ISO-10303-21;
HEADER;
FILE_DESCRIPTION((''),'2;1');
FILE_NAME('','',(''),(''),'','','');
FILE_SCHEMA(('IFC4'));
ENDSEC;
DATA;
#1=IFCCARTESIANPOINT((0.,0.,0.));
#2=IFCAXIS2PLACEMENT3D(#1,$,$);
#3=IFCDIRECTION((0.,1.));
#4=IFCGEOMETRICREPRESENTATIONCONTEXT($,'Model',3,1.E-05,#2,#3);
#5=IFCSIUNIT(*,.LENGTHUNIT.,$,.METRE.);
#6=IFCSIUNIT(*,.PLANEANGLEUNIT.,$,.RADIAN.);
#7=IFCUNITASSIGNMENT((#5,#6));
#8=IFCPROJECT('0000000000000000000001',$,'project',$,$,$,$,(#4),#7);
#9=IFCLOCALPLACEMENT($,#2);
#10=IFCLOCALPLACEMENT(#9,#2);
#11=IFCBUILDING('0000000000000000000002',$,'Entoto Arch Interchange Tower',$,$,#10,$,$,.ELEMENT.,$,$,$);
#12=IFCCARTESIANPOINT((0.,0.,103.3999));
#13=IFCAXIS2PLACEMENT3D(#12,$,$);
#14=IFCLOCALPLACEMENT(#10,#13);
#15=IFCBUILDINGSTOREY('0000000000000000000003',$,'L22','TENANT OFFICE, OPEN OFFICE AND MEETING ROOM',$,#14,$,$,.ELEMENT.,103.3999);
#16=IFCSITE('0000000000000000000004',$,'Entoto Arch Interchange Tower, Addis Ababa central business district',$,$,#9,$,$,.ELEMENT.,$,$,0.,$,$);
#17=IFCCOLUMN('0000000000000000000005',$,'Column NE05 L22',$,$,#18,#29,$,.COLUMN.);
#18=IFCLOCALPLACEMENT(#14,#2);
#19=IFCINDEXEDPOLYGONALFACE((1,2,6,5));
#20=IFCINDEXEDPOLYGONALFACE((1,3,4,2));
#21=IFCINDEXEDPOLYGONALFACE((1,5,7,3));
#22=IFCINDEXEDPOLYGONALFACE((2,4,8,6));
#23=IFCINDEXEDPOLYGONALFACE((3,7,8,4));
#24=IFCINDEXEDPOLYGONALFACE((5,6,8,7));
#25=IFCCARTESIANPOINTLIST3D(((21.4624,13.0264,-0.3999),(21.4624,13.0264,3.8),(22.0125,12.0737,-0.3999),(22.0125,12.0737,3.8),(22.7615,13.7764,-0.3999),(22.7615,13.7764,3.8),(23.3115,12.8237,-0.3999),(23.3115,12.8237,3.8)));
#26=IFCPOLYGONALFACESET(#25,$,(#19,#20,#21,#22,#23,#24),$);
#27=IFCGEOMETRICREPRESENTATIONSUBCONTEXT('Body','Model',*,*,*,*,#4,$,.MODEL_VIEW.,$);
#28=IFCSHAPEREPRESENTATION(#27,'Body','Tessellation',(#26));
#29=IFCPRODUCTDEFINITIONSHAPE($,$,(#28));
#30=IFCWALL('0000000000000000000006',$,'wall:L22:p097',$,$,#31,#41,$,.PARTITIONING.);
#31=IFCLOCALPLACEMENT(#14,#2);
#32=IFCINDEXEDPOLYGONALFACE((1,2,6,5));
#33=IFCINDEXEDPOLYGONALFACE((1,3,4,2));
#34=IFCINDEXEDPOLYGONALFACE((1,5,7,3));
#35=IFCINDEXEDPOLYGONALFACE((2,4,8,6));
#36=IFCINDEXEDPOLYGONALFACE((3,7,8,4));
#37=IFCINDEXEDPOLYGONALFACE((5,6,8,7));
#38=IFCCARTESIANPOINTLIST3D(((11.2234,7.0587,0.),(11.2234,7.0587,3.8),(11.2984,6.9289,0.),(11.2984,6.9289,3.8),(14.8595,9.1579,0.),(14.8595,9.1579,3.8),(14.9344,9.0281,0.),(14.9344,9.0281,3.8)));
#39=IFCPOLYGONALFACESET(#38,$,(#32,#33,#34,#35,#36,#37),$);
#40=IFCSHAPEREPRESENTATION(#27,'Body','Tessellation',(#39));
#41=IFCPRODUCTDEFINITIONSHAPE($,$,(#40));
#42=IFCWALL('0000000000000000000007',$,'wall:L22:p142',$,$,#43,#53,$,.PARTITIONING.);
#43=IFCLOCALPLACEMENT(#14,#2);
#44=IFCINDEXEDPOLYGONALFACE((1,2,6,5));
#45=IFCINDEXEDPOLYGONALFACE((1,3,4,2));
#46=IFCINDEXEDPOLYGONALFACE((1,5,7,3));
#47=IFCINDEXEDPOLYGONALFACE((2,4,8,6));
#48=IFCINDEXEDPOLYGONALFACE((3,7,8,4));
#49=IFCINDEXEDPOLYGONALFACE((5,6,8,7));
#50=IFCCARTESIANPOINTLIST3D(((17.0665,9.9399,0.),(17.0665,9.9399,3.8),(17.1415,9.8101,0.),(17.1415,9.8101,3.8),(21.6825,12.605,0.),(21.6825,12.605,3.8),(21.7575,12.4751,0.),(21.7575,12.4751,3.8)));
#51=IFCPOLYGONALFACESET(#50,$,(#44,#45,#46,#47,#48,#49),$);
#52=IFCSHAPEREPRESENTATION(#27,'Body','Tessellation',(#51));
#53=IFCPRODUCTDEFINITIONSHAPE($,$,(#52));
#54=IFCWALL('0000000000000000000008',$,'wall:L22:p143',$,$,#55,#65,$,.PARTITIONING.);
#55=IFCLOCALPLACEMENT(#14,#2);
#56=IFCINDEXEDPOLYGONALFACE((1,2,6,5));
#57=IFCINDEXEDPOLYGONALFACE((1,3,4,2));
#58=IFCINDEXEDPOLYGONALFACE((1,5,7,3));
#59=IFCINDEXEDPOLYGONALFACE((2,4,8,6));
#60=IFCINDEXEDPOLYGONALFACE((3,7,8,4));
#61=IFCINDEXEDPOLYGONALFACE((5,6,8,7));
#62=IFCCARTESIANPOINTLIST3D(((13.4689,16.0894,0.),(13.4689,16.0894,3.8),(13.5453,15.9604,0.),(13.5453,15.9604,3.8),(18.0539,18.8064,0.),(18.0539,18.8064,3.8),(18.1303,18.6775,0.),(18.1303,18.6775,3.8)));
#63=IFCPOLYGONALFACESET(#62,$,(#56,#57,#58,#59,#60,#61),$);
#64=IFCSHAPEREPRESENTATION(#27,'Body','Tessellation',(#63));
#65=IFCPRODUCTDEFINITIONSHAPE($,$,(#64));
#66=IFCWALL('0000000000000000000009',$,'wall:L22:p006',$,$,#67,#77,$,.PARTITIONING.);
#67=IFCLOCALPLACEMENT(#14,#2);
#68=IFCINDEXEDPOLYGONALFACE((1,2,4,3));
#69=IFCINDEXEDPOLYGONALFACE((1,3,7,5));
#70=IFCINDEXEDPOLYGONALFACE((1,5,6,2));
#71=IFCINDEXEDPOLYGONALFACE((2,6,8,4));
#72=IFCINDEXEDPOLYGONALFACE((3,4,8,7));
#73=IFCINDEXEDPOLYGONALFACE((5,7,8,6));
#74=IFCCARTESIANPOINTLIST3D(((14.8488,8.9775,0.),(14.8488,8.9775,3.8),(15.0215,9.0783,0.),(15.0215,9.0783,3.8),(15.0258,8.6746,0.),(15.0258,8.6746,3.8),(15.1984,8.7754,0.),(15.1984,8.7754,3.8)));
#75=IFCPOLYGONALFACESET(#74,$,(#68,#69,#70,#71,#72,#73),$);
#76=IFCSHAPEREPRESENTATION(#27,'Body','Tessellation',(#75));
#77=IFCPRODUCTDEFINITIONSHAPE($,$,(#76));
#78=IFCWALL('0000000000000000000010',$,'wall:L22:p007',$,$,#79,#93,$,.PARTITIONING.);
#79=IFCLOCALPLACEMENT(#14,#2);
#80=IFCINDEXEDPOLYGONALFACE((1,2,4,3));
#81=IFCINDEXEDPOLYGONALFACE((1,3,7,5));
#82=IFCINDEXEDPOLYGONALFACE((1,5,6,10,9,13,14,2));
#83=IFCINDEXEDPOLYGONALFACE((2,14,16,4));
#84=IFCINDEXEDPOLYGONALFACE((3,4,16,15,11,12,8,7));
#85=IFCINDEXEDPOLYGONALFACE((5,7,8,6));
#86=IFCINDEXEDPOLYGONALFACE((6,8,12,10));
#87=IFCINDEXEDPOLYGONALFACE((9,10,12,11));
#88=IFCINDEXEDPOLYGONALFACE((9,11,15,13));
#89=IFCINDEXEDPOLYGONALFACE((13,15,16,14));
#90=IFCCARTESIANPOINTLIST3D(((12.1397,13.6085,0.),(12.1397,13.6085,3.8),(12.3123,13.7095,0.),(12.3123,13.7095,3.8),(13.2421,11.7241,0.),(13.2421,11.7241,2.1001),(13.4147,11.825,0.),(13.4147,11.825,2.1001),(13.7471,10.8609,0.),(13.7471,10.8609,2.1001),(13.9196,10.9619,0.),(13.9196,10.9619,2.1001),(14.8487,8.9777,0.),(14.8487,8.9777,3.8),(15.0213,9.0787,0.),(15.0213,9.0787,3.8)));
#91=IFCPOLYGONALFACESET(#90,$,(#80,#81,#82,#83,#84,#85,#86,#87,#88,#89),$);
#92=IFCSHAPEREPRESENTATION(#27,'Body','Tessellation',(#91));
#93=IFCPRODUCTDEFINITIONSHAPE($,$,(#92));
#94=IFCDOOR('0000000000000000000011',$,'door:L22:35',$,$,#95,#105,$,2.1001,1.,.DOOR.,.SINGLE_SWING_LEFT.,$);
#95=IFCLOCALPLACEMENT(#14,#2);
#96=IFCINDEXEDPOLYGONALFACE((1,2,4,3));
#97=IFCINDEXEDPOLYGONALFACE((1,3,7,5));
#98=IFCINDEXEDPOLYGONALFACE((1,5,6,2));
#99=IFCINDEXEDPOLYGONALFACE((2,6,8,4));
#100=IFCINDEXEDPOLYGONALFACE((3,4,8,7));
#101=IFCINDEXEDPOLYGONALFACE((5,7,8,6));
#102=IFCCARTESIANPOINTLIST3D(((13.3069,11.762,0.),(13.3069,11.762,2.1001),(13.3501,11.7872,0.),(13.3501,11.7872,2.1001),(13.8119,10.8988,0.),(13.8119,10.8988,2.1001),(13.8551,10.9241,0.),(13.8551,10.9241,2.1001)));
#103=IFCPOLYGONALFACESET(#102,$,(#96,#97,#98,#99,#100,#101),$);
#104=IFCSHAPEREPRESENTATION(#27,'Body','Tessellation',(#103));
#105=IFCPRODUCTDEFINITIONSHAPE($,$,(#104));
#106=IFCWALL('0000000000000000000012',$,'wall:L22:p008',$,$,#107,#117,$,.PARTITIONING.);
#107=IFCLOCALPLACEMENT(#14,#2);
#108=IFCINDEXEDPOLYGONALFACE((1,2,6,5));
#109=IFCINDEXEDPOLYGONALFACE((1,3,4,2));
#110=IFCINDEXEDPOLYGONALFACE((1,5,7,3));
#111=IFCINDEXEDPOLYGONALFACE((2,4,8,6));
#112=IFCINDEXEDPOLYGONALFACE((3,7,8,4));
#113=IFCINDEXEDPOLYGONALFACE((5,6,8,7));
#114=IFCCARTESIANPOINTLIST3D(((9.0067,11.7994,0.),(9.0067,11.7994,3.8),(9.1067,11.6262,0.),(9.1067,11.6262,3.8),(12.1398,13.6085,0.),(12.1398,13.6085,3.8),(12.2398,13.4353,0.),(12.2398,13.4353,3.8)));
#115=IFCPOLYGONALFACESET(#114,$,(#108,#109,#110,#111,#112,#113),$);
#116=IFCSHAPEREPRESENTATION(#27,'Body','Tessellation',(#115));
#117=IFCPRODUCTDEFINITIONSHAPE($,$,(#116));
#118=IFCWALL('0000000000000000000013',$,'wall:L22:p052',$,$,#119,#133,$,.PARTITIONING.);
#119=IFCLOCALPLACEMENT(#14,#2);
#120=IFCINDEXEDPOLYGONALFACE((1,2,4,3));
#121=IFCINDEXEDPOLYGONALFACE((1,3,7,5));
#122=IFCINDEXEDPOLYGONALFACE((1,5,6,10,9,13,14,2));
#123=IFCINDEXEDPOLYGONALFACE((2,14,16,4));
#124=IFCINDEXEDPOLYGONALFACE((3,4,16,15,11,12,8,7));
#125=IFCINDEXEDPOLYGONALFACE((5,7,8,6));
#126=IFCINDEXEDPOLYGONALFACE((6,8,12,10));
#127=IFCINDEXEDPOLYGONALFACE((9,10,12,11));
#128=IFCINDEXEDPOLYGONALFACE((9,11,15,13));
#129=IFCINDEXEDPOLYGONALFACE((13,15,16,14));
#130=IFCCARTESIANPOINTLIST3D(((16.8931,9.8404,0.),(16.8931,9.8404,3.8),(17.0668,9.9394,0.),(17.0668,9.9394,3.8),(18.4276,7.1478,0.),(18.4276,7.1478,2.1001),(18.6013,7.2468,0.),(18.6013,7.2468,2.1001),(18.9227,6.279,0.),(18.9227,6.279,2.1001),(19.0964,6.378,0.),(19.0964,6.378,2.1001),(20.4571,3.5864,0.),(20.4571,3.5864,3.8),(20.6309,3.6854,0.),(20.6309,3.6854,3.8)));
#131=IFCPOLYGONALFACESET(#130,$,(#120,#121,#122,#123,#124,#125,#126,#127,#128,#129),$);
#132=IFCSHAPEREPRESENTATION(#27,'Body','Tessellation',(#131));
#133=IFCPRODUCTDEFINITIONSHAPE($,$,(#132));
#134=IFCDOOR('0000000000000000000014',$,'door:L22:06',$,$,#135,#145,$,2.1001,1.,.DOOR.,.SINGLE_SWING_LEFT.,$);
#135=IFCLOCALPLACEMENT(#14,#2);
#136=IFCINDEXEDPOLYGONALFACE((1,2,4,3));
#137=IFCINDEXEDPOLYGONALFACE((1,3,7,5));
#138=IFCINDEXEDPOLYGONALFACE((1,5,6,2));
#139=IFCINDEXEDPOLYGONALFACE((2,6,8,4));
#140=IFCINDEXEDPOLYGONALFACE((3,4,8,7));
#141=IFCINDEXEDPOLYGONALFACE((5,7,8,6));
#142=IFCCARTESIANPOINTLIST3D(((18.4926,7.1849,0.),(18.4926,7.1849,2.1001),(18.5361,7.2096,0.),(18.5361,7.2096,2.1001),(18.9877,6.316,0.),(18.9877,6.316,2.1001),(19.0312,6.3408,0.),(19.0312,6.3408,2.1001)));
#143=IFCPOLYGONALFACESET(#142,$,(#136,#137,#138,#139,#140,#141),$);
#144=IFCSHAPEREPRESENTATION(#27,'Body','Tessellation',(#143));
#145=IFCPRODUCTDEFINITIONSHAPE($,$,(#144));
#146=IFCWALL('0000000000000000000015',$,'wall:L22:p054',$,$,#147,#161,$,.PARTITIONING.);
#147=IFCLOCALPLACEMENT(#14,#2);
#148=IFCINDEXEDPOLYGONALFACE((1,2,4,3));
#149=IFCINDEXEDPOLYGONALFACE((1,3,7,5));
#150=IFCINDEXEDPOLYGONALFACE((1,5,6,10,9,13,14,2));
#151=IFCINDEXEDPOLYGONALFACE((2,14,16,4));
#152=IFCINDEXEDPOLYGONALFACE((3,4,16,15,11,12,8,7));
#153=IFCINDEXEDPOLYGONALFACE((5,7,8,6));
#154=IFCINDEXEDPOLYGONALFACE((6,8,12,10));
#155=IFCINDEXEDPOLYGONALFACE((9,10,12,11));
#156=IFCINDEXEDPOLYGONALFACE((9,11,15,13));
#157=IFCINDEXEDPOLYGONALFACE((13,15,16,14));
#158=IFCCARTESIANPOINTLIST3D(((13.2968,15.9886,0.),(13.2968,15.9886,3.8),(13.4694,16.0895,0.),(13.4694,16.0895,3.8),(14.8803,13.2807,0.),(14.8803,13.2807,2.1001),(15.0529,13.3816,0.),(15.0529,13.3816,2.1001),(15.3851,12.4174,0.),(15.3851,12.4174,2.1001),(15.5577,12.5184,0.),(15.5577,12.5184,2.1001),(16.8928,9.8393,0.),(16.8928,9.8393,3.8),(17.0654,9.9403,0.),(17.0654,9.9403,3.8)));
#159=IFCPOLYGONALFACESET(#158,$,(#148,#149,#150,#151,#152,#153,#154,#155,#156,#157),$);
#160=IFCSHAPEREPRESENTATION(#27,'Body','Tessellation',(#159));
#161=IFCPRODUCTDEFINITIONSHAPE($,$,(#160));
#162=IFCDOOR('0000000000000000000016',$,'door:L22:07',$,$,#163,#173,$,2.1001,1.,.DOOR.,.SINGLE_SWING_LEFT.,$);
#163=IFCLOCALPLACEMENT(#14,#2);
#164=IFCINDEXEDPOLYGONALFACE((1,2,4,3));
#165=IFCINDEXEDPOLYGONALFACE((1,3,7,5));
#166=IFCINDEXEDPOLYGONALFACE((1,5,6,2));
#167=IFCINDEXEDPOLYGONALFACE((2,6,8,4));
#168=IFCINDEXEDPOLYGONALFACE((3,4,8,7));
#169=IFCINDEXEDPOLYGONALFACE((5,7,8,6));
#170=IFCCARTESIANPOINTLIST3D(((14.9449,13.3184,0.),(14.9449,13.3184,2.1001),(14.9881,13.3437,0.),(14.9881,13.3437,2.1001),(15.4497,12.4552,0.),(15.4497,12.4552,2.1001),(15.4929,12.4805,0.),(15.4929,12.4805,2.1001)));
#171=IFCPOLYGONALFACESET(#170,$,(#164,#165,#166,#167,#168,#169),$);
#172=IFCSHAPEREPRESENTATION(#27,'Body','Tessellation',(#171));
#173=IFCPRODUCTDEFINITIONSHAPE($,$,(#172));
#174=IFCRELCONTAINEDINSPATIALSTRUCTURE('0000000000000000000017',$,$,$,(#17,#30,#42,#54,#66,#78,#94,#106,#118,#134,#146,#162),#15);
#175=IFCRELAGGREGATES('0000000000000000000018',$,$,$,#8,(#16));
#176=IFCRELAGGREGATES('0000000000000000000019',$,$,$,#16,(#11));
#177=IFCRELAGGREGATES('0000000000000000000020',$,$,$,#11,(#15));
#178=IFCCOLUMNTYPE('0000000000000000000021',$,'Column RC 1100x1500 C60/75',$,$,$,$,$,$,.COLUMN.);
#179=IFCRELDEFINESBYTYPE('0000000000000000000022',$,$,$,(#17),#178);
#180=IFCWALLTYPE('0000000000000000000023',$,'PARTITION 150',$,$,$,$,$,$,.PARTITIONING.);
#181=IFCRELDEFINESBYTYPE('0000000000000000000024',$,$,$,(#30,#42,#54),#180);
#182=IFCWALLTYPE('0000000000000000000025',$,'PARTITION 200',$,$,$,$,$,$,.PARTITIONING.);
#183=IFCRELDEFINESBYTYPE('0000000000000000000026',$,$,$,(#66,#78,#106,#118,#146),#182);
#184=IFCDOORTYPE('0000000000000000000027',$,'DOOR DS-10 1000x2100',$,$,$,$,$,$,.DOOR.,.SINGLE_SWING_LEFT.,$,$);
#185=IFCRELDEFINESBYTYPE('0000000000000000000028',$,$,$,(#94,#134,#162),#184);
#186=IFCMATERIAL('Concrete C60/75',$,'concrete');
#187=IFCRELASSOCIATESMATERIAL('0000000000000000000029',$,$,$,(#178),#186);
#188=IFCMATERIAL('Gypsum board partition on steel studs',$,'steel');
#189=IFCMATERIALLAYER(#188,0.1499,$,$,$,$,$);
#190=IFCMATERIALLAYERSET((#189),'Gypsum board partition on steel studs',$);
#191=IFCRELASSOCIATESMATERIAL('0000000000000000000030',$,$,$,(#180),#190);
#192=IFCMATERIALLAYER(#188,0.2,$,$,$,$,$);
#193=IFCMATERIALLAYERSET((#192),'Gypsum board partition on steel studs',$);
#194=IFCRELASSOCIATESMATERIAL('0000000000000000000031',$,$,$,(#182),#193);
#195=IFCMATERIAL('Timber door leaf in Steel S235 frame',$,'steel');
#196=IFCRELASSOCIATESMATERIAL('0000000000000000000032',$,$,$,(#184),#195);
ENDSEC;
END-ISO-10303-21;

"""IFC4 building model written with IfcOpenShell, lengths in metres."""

from ifc_helpers import new_model, si_unit, direction, frame, frame_2d, origin, origin_2d, place, context, subcontext, project, spatial, rectangle, extrude, material, layer, layer_set, material_profile, profile_set, type_object, element, fill, save


model = new_model("IFC4")

# Units and contexts
model_context = context("Model", 3, precision=1e-05, world=origin(), true_north=direction((0.0, 1.0)))
body_context = subcontext(model_context, "Body", "Model", "MODEL_VIEW")
ifc_project = project(units=[si_unit("LENGTHUNIT", "METRE"), si_unit("PLANEANGLEUNIT", "RADIAN")], contexts=[model_context])

# Site, building, storey
site_placement = place(None, origin())
site = spatial("IfcSite", under=ifc_project, at=site_placement, Name="Entoto Arch Interchange Tower, Addis Ababa central business district", CompositionType="ELEMENT", RefElevation=0.0)
building_placement = place(site_placement, origin())
building = spatial("IfcBuilding", under=site, at=building_placement, Name="Entoto Arch Interchange Tower", CompositionType="ELEMENT")
storey_placement = place(building_placement, frame((0.0, 0.0, 103.3999)))
storey = spatial("IfcBuildingStorey", under=building, at=storey_placement, Name="L22", Description="TENANT OFFICE, OPEN OFFICE AND MEETING ROOM", CompositionType="ELEMENT", Elevation=103.3999)

# Column
ifc_material_1 = material(Name="Concrete C60/75", Category="concrete")
ifc_material_profile = material_profile(ifc_material_1, rectangle(XDim=1.1001, YDim=1.5, at=origin_2d()))
ifc_profile_set = profile_set([ifc_material_profile], Name="Concrete C60/75")
column_type = type_object("IfcColumnType", Name="Column RC 1100x1500 C60/75", PredefinedType="COLUMN", material=ifc_profile_set)
column_placement = place(storey_placement, frame((22.387, 12.925, -0.3999), z_axis=(0.0, 0.0, 1.0), x_axis=(-0.5, 0.866025, 0.0)))
element("IfcColumn", 1, at=column_placement, inside=storey, type_object=column_type, Name="Column NE05 L22", PredefinedType="COLUMN", context=body_context, shape_type="SweptSolid", body=[
    extrude(rectangle(XDim=1.1001, YDim=1.5, at=origin_2d()), origin(), (0.0, 0.0, 1.0), 4.2),
])

# Walls
ifc_material_2 = material(Name="Gypsum board partition on steel studs", Category="steel")
ifc_layer_1 = layer(ifc_material_2, 0.1499)
ifc_layer_set_1 = layer_set([ifc_layer_1], Name="Gypsum board partition on steel studs")
wall_type_1 = type_object("IfcWallType", Name="PARTITION 150", PredefinedType="PARTITIONING", material=ifc_layer_set_1)
wall_1_placement = place(storey_placement, frame((11.261, 6.9939, 0.0), z_axis=(0.0, 0.0, 1.0), x_axis=(0.866037, 0.499979, 0.0)))
element("IfcWall", 2, at=wall_1_placement, inside=storey, type_object=wall_type_1, Name="wall:L22:p097", PredefinedType="PARTITIONING", context=body_context, shape_type="SweptSolid", body=[
    extrude(rectangle(XDim=4.1985, YDim=0.1499, at=frame_2d((2.0991, 0.0))), origin(), (0.0, 0.0, 1.0), 3.8),
])
wall_2_placement = place(storey_placement, frame((17.104, 9.875, 0.0), z_axis=(0.0, 0.0, 1.0), x_axis=(0.866025, 0.500001, 0.0)))
element("IfcWall", 3, at=wall_2_placement, inside=storey, type_object=wall_type_1, Name="wall:L22:p142", PredefinedType="PARTITIONING", context=body_context, shape_type="SweptSolid", body=[
    extrude(rectangle(XDim=5.3301, YDim=0.1499, at=frame_2d((2.665, 0.0))), origin(), (0.0, 0.0, 1.0), 3.8),
])
wall_3_placement = place(storey_placement, frame((13.5071, 16.0249, 0.0), z_axis=(0.0, 0.0, 1.0), x_axis=(0.860289, 0.509806, 0.0)))
element("IfcWall", 4, at=wall_3_placement, inside=storey, type_object=wall_type_1, Name="wall:L22:p143", PredefinedType="PARTITIONING", context=body_context, shape_type="SweptSolid", body=[
    extrude(rectangle(XDim=5.3296, YDim=0.1499, at=frame_2d((2.6648, 0.0))), origin(), (0.0, 0.0, 1.0), 3.8),
])
ifc_layer_2 = layer(ifc_material_2, 0.2)
ifc_layer_set_2 = layer_set([ifc_layer_2], Name="Gypsum board partition on steel studs")
wall_type_2 = type_object("IfcWallType", Name="PARTITION 200", PredefinedType="PARTITIONING", material=ifc_layer_set_2)
wall_4_placement = place(storey_placement, frame((15.1121, 8.7251, 0.0), z_axis=(0.0, 0.0, 1.0), x_axis=(-0.504433, 0.863451, 0.0)))
element("IfcWall", 5, at=wall_4_placement, inside=storey, type_object=wall_type_2, Name="wall:L22:p006", PredefinedType="PARTITIONING", context=body_context, shape_type="SweptSolid", body=[
    extrude(rectangle(XDim=0.3508, YDim=0.2, at=frame_2d((0.1753, 0.0))), origin(), (0.0, 0.0, 1.0), 3.8),
])

# Wall, opening, door
wall_5_placement = place(storey_placement, frame((14.9351, 9.0281, 0.0), z_axis=(0.0, 0.0, 1.0), x_axis=(-0.504934, 0.863158, 0.0)))
wall_5 = element("IfcWall", 6, at=wall_5_placement, inside=storey, type_object=wall_type_2, Name="wall:L22:p007", PredefinedType="PARTITIONING", context=body_context, shape_type="SweptSolid", body=[
    extrude(rectangle(XDim=5.365, YDim=0.2, at=frame_2d((2.6826, 0.0))), origin(), (0.0, 0.0, 1.0), 3.8),
])
opening_1_placement = place(wall_5_placement, frame((2.1819, 0.0, 0.0)))
opening_1 = element("IfcOpeningElement", 7, at=opening_1_placement, cuts=wall_5, PredefinedType="OPENING", context=body_context, shape_type="SweptSolid", body=[
    extrude(rectangle(XDim=1.0, YDim=2.1001, at=frame_2d((0.5, 1.05))), frame((0.0, 0.1099, 0.0), z_axis=(0.0, -1.0, 0.0), x_axis=(1.0, 0.0, 0.0)), (0.0, 0.0, 1.0), 0.22),
])
ifc_material_3 = material(Name="Timber door leaf in Steel S235 frame", Category="steel")
door_type = type_object("IfcDoorType", Name="DOOR DS-10 1000x2100", OperationType="SINGLE_SWING_LEFT", PredefinedType="DOOR", material=ifc_material_3)
door_1_placement = place(opening_1_placement, origin())
door_1 = element("IfcDoor", 8, at=door_1_placement, inside=storey, type_object=door_type, Name="door:L22:35", OperationType="SINGLE_SWING_LEFT", OverallHeight=2.1001, OverallWidth=1.0, PredefinedType="DOOR", context=body_context, shape_type="SweptSolid", body=[
    extrude(rectangle(XDim=1.0, YDim=2.1001, at=frame_2d((0.5, 1.05))), frame((0.0, 0.0249, 0.0), z_axis=(0.0, -1.0, 0.0), x_axis=(1.0, 0.0, 0.0)), (0.0, 0.0, 1.0), 0.05),
])
fill(opening_1, door_1)

# Wall
wall_6_placement = place(storey_placement, frame((12.1899, 13.522, 0.0), z_axis=(0.0, 0.0, 1.0), x_axis=(-0.866, -0.500044, 0.0)))
element("IfcWall", 9, at=wall_6_placement, inside=storey, type_object=wall_type_2, Name="wall:L22:p008", PredefinedType="PARTITIONING", context=body_context, shape_type="SweptSolid", body=[
    extrude(rectangle(XDim=3.6179, YDim=0.2, at=frame_2d((1.8091, 0.0))), origin(), (0.0, 0.0, 1.0), 3.8),
])

# Walls, openings, doors
wall_7_placement = place(storey_placement, frame((16.98, 9.8899, 0.0), z_axis=(0.0, 0.0, 1.0), x_axis=(0.495123, -0.868823, 0.0)))
wall_7 = element("IfcWall", 10, at=wall_7_placement, inside=storey, type_object=wall_type_2, Name="wall:L22:p052", PredefinedType="PARTITIONING", context=body_context, shape_type="SweptSolid", body=[
    extrude(rectangle(XDim=7.1982, YDim=0.2, at=frame_2d((3.5991, 0.0))), origin(), (0.0, 0.0, 1.0), 3.8),
])
opening_2_placement = place(wall_7_placement, frame((3.0991, 0.0, 0.0)))
opening_2 = element("IfcOpeningElement", 11, at=opening_2_placement, cuts=wall_7, PredefinedType="OPENING", context=body_context, shape_type="SweptSolid", body=[
    extrude(rectangle(XDim=1.0, YDim=2.1001, at=frame_2d((0.5, 1.05))), frame((0.0, 0.1099, 0.0), z_axis=(0.0, -1.0, 0.0), x_axis=(1.0, 0.0, 0.0)), (0.0, 0.0, 1.0), 0.22),
])
door_2_placement = place(opening_2_placement, origin())
door_2 = element("IfcDoor", 12, at=door_2_placement, inside=storey, type_object=door_type, Name="door:L22:06", OperationType="SINGLE_SWING_LEFT", OverallHeight=2.1001, OverallWidth=1.0, PredefinedType="DOOR", context=body_context, shape_type="SweptSolid", body=[
    extrude(rectangle(XDim=1.0, YDim=2.1001, at=frame_2d((0.5, 1.05))), frame((0.0, 0.0249, 0.0), z_axis=(0.0, -1.0, 0.0), x_axis=(1.0, 0.0, 0.0)), (0.0, 0.0, 1.0), 0.05),
])
fill(opening_2, door_2)
wall_8_placement = place(storey_placement, frame((13.3831, 16.0391, 0.0), z_axis=(0.0, 0.0, 1.0), x_axis=(0.504806, -0.863233, 0.0)))
wall_8 = element("IfcWall", 13, at=wall_8_placement, inside=storey, type_object=wall_type_2, Name="wall:L22:p054", PredefinedType="PARTITIONING", context=body_context, shape_type="SweptSolid", body=[
    extrude(rectangle(XDim=7.1235, YDim=0.2, at=frame_2d((3.5618, 0.0))), origin(), (0.0, 0.0, 1.0), 3.8),
])
opening_3_placement = place(wall_8_placement, frame((3.137, 0.0, 0.0)))
opening_3 = element("IfcOpeningElement", 14, at=opening_3_placement, cuts=wall_8, PredefinedType="OPENING", context=body_context, shape_type="SweptSolid", body=[
    extrude(rectangle(XDim=1.0, YDim=2.1001, at=frame_2d((0.5, 1.05))), frame((0.0, 0.1099, 0.0), z_axis=(0.0, -1.0, 0.0), x_axis=(1.0, 0.0, 0.0)), (0.0, 0.0, 1.0), 0.22),
])
door_3_placement = place(opening_3_placement, origin())
door_3 = element("IfcDoor", 15, at=door_3_placement, inside=storey, type_object=door_type, Name="door:L22:07", OperationType="SINGLE_SWING_LEFT", OverallHeight=2.1001, OverallWidth=1.0, PredefinedType="DOOR", context=body_context, shape_type="SweptSolid", body=[
    extrude(rectangle(XDim=1.0, YDim=2.1001, at=frame_2d((0.5, 1.05))), frame((0.0, 0.0249, 0.0), z_axis=(0.0, -1.0, 0.0), x_axis=(1.0, 0.0, 0.0)), (0.0, 0.0, 1.0), 0.05),
])
fill(opening_3, door_3)

save(model, "model.ifc")
